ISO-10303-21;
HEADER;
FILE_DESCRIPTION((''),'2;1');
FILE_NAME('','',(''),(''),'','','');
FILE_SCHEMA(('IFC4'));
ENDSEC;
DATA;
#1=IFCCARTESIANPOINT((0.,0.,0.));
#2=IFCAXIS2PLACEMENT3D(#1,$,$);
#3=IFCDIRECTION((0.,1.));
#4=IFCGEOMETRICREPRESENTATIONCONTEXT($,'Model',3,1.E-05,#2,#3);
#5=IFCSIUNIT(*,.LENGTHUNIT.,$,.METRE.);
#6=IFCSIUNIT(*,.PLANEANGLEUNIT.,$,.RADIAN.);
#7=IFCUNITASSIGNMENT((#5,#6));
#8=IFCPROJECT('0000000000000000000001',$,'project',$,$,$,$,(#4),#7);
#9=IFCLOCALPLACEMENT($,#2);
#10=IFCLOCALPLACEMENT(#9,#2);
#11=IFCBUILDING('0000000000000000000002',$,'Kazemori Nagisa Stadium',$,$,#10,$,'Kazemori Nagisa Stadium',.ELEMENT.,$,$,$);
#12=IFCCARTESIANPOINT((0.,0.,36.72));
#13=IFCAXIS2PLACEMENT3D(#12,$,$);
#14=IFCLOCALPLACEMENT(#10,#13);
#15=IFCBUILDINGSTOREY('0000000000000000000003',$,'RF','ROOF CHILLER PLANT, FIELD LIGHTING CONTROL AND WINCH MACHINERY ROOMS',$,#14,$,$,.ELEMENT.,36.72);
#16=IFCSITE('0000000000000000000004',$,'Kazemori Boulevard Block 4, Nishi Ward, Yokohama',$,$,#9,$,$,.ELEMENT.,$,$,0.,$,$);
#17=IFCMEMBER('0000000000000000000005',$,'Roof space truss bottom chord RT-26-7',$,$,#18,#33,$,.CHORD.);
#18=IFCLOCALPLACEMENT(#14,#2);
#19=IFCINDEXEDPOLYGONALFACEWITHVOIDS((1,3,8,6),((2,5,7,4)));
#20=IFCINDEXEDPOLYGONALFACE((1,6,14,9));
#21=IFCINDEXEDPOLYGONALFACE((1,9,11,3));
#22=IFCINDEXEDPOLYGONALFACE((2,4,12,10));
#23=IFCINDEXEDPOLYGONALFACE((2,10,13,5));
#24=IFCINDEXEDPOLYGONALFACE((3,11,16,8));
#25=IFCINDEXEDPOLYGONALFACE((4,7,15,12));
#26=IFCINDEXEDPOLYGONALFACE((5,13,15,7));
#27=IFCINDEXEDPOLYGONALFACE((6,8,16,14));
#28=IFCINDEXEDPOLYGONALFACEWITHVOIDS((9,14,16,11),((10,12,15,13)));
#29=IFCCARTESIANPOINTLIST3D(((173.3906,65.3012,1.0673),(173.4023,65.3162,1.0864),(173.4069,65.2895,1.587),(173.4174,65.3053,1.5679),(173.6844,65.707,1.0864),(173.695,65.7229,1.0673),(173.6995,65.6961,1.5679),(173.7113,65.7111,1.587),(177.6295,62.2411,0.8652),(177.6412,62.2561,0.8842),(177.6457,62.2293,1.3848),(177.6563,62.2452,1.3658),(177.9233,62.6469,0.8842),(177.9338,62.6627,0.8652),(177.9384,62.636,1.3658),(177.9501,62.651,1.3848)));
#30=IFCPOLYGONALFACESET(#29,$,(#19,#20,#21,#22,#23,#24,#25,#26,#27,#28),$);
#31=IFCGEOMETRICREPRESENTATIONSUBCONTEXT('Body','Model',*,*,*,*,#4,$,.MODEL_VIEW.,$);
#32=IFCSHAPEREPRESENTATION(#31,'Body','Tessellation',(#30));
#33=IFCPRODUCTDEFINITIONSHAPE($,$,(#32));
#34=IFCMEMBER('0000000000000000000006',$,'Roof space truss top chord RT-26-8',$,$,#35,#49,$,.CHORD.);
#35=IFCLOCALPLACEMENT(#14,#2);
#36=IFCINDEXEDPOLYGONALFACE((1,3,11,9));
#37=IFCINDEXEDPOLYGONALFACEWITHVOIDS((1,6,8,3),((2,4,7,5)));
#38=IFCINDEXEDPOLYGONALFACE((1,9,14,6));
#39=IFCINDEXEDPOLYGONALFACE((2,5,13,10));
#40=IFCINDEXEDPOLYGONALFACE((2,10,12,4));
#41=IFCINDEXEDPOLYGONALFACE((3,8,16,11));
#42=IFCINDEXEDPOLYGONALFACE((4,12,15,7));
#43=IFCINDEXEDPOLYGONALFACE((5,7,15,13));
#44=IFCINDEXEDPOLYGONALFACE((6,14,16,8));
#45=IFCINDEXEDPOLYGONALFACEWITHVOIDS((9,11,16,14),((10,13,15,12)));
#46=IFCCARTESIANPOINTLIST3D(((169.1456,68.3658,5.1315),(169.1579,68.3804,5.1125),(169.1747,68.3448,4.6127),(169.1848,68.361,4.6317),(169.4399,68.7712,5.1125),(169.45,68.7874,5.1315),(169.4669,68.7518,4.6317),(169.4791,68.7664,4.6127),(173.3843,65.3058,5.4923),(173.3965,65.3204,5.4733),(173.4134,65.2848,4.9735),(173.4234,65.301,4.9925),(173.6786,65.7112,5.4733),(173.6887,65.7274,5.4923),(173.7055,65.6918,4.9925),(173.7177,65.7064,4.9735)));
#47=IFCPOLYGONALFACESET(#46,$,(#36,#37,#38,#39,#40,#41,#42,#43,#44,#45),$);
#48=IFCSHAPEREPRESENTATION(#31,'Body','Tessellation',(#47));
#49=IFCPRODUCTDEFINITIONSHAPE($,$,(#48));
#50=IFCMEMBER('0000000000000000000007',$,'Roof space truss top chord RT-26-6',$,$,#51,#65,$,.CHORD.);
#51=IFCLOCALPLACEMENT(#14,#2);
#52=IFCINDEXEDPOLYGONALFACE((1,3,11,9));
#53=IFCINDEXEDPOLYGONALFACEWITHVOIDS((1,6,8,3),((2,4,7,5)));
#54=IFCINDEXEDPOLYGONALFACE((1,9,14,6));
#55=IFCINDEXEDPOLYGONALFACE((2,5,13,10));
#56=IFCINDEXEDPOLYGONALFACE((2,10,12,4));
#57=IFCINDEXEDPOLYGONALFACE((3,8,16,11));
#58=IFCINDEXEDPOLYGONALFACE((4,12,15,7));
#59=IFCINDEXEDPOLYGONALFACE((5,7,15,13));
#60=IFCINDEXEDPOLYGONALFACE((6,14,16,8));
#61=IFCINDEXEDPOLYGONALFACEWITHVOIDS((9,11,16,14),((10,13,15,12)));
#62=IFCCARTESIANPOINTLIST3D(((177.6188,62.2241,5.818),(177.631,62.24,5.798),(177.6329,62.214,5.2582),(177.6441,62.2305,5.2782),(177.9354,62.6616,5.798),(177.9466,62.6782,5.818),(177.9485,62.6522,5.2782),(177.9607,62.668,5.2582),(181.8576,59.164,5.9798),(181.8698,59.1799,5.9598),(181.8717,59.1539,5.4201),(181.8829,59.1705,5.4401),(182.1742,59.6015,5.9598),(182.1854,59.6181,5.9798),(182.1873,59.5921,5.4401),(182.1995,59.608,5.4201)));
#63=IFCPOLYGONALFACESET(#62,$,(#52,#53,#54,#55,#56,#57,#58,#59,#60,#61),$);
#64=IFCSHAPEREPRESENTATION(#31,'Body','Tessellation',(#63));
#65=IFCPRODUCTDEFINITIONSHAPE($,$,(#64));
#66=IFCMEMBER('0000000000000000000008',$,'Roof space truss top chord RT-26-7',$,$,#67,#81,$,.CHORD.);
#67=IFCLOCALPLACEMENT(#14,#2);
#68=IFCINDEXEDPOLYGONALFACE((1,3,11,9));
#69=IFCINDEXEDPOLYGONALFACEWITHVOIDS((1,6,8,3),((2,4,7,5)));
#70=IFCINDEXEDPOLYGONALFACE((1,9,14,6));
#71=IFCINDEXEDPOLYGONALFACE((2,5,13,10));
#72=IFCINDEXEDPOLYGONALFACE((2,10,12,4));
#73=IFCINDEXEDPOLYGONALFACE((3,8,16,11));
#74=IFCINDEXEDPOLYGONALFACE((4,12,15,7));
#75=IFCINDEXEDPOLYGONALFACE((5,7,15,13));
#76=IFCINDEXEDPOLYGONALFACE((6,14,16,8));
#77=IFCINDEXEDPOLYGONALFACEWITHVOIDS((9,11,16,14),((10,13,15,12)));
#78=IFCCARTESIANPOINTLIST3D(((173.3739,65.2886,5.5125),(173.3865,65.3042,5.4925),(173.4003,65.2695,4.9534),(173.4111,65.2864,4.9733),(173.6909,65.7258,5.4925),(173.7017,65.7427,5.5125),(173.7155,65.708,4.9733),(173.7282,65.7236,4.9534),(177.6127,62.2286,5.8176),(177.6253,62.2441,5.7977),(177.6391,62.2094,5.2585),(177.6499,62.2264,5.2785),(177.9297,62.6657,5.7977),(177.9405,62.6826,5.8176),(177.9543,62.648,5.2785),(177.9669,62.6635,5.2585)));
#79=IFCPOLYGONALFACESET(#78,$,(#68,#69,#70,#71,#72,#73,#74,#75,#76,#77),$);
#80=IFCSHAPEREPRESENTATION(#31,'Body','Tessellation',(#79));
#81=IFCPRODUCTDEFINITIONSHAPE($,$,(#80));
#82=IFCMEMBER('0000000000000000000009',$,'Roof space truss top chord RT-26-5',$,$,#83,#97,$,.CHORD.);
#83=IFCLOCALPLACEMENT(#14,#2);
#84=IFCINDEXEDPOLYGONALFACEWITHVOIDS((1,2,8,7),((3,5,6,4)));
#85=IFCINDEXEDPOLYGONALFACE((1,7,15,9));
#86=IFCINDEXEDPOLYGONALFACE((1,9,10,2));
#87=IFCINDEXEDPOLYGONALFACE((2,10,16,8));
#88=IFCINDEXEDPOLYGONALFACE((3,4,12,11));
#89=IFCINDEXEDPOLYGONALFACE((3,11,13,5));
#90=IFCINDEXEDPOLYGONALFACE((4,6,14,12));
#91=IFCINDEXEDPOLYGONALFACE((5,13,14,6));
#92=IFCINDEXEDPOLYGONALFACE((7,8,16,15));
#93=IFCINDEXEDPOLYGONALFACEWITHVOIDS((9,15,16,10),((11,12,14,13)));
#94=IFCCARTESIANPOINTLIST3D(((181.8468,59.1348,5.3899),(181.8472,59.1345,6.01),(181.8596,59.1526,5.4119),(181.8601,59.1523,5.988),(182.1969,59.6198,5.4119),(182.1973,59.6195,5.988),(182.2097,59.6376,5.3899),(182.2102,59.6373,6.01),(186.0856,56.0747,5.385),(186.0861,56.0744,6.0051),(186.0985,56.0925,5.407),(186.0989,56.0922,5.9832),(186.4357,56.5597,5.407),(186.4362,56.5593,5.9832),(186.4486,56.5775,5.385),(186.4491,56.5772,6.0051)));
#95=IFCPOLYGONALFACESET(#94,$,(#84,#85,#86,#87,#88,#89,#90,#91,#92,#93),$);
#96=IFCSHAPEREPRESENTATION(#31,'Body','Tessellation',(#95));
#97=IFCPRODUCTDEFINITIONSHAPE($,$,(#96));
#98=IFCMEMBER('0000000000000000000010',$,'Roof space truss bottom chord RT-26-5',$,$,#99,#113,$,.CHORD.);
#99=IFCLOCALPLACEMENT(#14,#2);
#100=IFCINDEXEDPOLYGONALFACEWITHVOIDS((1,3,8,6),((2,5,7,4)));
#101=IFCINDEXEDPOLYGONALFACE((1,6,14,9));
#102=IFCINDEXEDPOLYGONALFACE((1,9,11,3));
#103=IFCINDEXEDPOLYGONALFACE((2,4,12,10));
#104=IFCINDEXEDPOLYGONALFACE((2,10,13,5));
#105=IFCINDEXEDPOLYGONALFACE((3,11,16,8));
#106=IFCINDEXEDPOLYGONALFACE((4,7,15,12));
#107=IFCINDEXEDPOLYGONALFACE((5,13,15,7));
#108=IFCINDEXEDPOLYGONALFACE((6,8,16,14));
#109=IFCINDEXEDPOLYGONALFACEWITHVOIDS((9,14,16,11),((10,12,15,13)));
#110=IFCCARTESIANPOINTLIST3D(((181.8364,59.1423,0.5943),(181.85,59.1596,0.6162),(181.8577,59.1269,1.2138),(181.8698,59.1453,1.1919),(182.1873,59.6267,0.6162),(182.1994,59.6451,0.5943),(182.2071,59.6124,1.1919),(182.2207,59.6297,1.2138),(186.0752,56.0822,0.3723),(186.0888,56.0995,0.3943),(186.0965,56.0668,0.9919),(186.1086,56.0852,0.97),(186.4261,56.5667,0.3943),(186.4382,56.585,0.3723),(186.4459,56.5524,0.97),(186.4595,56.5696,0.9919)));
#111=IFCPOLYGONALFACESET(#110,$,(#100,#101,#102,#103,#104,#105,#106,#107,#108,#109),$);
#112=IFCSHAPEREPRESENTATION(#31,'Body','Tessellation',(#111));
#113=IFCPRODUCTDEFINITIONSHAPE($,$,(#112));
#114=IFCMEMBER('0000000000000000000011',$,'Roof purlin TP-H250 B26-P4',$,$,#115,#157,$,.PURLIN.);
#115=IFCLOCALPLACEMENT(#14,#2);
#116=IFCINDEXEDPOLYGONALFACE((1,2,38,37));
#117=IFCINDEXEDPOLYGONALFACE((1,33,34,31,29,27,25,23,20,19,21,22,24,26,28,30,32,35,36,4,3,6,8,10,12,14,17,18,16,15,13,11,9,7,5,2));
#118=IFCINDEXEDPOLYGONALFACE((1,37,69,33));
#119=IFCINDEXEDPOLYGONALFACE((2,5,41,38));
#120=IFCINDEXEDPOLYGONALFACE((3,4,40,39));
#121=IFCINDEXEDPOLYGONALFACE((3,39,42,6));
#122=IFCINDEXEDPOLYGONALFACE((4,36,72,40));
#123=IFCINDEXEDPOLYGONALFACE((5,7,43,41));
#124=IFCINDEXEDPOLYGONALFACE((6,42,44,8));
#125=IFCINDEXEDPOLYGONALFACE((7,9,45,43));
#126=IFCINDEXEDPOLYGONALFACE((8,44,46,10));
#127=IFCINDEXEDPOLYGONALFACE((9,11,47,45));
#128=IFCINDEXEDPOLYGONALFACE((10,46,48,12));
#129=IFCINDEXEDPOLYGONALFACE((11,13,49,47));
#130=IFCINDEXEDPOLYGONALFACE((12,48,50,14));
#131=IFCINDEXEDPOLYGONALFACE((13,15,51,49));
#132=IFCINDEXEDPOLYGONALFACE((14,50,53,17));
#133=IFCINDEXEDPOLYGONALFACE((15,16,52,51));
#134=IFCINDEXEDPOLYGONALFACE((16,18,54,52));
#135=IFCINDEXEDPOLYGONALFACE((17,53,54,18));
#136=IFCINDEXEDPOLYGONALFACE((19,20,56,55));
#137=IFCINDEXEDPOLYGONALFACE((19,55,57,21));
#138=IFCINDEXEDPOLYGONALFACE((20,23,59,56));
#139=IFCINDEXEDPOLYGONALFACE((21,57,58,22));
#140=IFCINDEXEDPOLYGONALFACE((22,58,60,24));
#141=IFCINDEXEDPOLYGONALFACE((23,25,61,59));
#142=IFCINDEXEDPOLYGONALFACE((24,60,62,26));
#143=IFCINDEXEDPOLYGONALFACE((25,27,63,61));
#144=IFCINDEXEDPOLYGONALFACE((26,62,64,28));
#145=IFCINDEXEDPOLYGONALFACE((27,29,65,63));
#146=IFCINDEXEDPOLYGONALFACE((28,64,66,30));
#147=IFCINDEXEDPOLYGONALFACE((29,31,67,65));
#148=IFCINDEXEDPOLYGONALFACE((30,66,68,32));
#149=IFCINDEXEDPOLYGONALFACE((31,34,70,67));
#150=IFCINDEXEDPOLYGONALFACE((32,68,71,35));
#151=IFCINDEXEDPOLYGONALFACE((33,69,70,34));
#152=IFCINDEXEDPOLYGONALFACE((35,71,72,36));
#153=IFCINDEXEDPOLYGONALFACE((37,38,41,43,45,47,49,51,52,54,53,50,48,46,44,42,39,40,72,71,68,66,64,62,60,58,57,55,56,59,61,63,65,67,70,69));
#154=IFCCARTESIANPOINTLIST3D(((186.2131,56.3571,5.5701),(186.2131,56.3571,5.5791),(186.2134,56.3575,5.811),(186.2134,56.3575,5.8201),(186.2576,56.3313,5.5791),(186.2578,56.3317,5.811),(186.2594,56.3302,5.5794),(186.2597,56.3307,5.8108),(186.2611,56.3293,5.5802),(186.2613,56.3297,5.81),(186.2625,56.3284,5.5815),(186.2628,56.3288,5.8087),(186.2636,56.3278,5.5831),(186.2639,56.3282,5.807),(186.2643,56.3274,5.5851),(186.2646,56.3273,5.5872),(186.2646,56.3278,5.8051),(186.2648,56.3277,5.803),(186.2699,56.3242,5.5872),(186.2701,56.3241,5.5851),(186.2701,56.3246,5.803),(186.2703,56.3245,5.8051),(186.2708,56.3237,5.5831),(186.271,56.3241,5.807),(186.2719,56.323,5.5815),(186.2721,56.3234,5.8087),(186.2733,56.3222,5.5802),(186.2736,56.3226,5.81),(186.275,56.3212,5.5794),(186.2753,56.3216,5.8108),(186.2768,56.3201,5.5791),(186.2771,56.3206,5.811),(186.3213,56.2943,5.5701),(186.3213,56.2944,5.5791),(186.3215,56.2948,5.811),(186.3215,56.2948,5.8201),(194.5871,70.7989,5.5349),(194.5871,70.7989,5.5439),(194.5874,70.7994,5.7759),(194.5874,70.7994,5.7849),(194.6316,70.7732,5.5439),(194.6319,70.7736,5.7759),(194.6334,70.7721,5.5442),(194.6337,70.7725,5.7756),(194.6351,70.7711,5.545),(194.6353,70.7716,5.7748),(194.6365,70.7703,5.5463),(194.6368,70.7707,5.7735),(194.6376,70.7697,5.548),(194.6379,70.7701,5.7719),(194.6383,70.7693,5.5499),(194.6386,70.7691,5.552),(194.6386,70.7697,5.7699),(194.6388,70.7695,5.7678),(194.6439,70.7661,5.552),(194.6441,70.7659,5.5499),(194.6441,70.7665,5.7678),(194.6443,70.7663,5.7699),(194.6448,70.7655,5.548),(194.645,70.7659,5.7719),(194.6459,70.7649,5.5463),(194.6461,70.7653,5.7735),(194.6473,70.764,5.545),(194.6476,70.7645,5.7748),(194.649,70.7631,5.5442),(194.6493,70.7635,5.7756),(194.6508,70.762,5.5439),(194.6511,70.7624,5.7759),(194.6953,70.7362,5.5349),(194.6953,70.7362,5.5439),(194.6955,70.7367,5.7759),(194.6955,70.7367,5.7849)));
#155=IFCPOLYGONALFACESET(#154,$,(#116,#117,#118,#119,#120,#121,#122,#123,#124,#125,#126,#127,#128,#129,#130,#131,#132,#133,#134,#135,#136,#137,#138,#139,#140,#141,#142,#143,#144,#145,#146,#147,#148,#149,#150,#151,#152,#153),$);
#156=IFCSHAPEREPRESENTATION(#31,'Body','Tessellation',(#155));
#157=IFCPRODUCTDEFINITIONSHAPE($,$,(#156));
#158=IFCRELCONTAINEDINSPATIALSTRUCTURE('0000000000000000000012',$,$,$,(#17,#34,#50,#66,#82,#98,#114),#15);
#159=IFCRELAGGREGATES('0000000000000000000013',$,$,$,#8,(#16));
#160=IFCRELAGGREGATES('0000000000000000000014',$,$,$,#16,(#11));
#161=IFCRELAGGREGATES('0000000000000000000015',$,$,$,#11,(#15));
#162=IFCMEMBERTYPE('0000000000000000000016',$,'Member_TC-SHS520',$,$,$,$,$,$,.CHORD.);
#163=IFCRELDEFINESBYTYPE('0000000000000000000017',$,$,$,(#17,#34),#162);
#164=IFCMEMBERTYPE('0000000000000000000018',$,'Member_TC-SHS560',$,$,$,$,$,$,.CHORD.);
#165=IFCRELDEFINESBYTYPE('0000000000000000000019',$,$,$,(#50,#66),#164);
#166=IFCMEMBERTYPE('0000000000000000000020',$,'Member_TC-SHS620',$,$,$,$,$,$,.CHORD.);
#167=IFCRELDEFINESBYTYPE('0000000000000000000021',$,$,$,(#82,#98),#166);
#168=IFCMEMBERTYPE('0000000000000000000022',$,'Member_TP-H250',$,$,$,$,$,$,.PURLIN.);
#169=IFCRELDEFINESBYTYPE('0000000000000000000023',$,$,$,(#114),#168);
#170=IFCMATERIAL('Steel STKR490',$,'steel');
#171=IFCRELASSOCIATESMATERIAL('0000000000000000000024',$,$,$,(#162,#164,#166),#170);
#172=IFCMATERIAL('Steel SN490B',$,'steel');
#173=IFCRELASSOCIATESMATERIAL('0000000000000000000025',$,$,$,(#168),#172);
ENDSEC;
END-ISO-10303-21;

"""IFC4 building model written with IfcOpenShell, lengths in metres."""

from ifc_helpers import new_model, si_unit, direction, frame, origin, origin_2d, place, context, subcontext, project, spatial, hollow_rectangle, i_section, extrude, material, material_profile, profile_set, type_object, element, save


model = new_model("IFC4")

# Units and contexts
model_context = context("Model", 3, precision=1e-05, world=origin(), true_north=direction((0.0, 1.0)))
body_context = subcontext(model_context, "Body", "Model", "MODEL_VIEW")
ifc_project = project(units=[si_unit("LENGTHUNIT", "METRE"), si_unit("PLANEANGLEUNIT", "RADIAN")], contexts=[model_context])

# Site, building, storey
site_placement = place(None, origin())
site = spatial("IfcSite", under=ifc_project, at=site_placement, Name="Kazemori Boulevard Block 4, Nishi Ward, Yokohama", CompositionType="ELEMENT", RefElevation=0.0)
building_placement = place(site_placement, origin())
building = spatial("IfcBuilding", under=site, at=building_placement, Name="Kazemori Nagisa Stadium", LongName="Kazemori Nagisa Stadium", CompositionType="ELEMENT")
storey_placement = place(building_placement, frame((0.0, 0.0, 36.72)))
storey = spatial("IfcBuildingStorey", under=building, at=storey_placement, Name="RF", Description="ROOF CHILLER PLANT, FIELD LIGHTING CONTROL AND WINCH MACHINERY ROOMS", CompositionType="ELEMENT", Elevation=36.72)

# Shared definitions
ifc_material_1 = material(Name="Steel SN490B", Category="steel")

# Members
ifc_material_2 = material(Name="Steel STKR490", Category="steel")
ifc_material_profile_1 = material_profile(ifc_material_2, hollow_rectangle(XDim=0.52, YDim=0.52, WallThickness=0.019, at=origin_2d()), Name="SHS-520x520x19")
ifc_profile_set_1 = profile_set([ifc_material_profile_1], Name="Steel STKR490")
member_type_1 = type_object("IfcMemberType", Name="Member_TC-SHS520", PredefinedType="CHORD", material=ifc_profile_set_1)
member_1_placement = place(storey_placement, frame((177.7898, 62.446, 1.125), z_axis=(-0.81019, 0.584893, 0.038638), x_axis=(-0.58533, -0.810795, 0.0)))
element("IfcMember", 1, at=member_1_placement, inside=storey, type_object=member_type_1, Name="Roof space truss bottom chord RT-26-7", PredefinedType="CHORD", context=body_context, shape_type="SweptSolid", body=[
    extrude(hollow_rectangle(XDim=0.52, YDim=0.52, WallThickness=0.019, at=origin_2d()), origin(), (0.0, 0.0, 1.0), 5.2319),
])
member_2_placement = place(storey_placement, frame((173.551, 65.5061, 5.2329), z_axis=(-0.808871, 0.583941, -0.068858), x_axis=(-0.58533, -0.810795, 0.0)))
element("IfcMember", 2, at=member_2_placement, inside=storey, type_object=member_type_1, Name="Roof space truss top chord RT-26-8", PredefinedType="CHORD", context=body_context, shape_type="SweptSolid", body=[
    extrude(hollow_rectangle(XDim=0.52, YDim=0.52, WallThickness=0.019, at=origin_2d()), origin(), (0.0, 0.0, 1.0), 5.2402),
])
ifc_material_profile_2 = material_profile(ifc_material_2, hollow_rectangle(XDim=0.5601, YDim=0.5601, WallThickness=0.02, at=origin_2d()), Name="SHS-560x560x20")
ifc_profile_set_2 = profile_set([ifc_material_profile_2], Name="Steel STKR490")
member_type_2 = type_object("IfcMemberType", Name="Member_TC-SHS560", PredefinedType="CHORD", material=ifc_profile_set_2)
member_3_placement = place(storey_placement, frame((182.0286, 59.386, 5.7), z_axis=(-0.810407, 0.58505, -0.030947), x_axis=(-0.58533, -0.810795, 0.0)))
element("IfcMember", 3, at=member_3_placement, inside=storey, type_object=member_type_2, Name="Roof space truss top chord RT-26-6", PredefinedType="CHORD", context=body_context, shape_type="SweptSolid", body=[
    extrude(hollow_rectangle(XDim=0.5601, YDim=0.5601, WallThickness=0.02, at=origin_2d()), origin(), (0.0, 0.0, 1.0), 5.2305),
])
member_4_placement = place(storey_placement, frame((177.7898, 62.446, 5.5381), z_axis=(-0.809417, 0.584336, -0.058275), x_axis=(-0.58533, -0.810795, 0.0)))
element("IfcMember", 4, at=member_4_placement, inside=storey, type_object=member_type_2, Name="Roof space truss top chord RT-26-7", PredefinedType="CHORD", context=body_context, shape_type="SweptSolid", body=[
    extrude(hollow_rectangle(XDim=0.5601, YDim=0.5601, WallThickness=0.02, at=origin_2d()), origin(), (0.0, 0.0, 1.0), 5.2368),
])
ifc_material_profile_3 = material_profile(ifc_material_2, hollow_rectangle(XDim=0.6201, YDim=0.6201, WallThickness=0.022, at=origin_2d()), Name="SHS-620x620x22")
ifc_profile_set_3 = profile_set([ifc_material_profile_3], Name="Steel STKR490")
member_type_3 = type_object("IfcMemberType", Name="Member_TC-SHS620", PredefinedType="CHORD", material=ifc_profile_set_3)
member_5_placement = place(storey_placement, frame((186.2673, 56.3259, 5.6951), z_axis=(-0.810795, 0.58533, 0.000934), x_axis=(-0.58533, -0.810795, 0.0)))
element("IfcMember", 5, at=member_5_placement, inside=storey, type_object=member_type_3, Name="Roof space truss top chord RT-26-5", PredefinedType="CHORD", context=body_context, shape_type="SweptSolid", body=[
    extrude(hollow_rectangle(XDim=0.6201, YDim=0.6201, WallThickness=0.022, at=origin_2d()), origin(), (0.0, 0.0, 1.0), 5.228),
])
member_6_placement = place(storey_placement, frame((186.2673, 56.3259, 0.6821), z_axis=(-0.810065, 0.584804, 0.042412), x_axis=(-0.58533, -0.810795, 0.0)))
element("IfcMember", 6, at=member_6_placement, inside=storey, type_object=member_type_3, Name="Roof space truss bottom chord RT-26-5", PredefinedType="CHORD", context=body_context, shape_type="SweptSolid", body=[
    extrude(hollow_rectangle(XDim=0.6201, YDim=0.6201, WallThickness=0.022, at=origin_2d()), origin(), (0.0, 0.0, 1.0), 5.2327),
])
ifc_material_profile_4 = material_profile(ifc_material_1, i_section(OverallWidth=0.125, OverallDepth=0.25, WebThickness=0.0061, FlangeThickness=0.009, FilletRadius=0.0081, at=origin_2d()), Name="H-250x125x6x9")
ifc_profile_set_4 = profile_set([ifc_material_profile_4], Name="Steel SN490B")
member_type_4 = type_object("IfcMemberType", Name="Member_TP-H250", PredefinedType="PURLIN", material=ifc_profile_set_4)
member_7_placement = place(storey_placement, frame((186.2673, 56.3259, 5.6951), z_axis=(0.501615, 0.865088, -0.002106), x_axis=(-0.86509, 0.501616, 0.0)))
element("IfcMember", 7, at=member_7_placement, inside=storey, type_object=member_type_4, Name="Roof purlin TP-H250 B26-P4", PredefinedType="PURLIN", context=body_context, shape_type="SweptSolid", body=[
    extrude(i_section(OverallWidth=0.125, OverallDepth=0.25, WebThickness=0.0061, FlangeThickness=0.009, FilletRadius=0.0081, at=origin_2d()), origin(), (0.0, 0.0, 1.0), 16.6941),
])

save(model, "model.ifc")
